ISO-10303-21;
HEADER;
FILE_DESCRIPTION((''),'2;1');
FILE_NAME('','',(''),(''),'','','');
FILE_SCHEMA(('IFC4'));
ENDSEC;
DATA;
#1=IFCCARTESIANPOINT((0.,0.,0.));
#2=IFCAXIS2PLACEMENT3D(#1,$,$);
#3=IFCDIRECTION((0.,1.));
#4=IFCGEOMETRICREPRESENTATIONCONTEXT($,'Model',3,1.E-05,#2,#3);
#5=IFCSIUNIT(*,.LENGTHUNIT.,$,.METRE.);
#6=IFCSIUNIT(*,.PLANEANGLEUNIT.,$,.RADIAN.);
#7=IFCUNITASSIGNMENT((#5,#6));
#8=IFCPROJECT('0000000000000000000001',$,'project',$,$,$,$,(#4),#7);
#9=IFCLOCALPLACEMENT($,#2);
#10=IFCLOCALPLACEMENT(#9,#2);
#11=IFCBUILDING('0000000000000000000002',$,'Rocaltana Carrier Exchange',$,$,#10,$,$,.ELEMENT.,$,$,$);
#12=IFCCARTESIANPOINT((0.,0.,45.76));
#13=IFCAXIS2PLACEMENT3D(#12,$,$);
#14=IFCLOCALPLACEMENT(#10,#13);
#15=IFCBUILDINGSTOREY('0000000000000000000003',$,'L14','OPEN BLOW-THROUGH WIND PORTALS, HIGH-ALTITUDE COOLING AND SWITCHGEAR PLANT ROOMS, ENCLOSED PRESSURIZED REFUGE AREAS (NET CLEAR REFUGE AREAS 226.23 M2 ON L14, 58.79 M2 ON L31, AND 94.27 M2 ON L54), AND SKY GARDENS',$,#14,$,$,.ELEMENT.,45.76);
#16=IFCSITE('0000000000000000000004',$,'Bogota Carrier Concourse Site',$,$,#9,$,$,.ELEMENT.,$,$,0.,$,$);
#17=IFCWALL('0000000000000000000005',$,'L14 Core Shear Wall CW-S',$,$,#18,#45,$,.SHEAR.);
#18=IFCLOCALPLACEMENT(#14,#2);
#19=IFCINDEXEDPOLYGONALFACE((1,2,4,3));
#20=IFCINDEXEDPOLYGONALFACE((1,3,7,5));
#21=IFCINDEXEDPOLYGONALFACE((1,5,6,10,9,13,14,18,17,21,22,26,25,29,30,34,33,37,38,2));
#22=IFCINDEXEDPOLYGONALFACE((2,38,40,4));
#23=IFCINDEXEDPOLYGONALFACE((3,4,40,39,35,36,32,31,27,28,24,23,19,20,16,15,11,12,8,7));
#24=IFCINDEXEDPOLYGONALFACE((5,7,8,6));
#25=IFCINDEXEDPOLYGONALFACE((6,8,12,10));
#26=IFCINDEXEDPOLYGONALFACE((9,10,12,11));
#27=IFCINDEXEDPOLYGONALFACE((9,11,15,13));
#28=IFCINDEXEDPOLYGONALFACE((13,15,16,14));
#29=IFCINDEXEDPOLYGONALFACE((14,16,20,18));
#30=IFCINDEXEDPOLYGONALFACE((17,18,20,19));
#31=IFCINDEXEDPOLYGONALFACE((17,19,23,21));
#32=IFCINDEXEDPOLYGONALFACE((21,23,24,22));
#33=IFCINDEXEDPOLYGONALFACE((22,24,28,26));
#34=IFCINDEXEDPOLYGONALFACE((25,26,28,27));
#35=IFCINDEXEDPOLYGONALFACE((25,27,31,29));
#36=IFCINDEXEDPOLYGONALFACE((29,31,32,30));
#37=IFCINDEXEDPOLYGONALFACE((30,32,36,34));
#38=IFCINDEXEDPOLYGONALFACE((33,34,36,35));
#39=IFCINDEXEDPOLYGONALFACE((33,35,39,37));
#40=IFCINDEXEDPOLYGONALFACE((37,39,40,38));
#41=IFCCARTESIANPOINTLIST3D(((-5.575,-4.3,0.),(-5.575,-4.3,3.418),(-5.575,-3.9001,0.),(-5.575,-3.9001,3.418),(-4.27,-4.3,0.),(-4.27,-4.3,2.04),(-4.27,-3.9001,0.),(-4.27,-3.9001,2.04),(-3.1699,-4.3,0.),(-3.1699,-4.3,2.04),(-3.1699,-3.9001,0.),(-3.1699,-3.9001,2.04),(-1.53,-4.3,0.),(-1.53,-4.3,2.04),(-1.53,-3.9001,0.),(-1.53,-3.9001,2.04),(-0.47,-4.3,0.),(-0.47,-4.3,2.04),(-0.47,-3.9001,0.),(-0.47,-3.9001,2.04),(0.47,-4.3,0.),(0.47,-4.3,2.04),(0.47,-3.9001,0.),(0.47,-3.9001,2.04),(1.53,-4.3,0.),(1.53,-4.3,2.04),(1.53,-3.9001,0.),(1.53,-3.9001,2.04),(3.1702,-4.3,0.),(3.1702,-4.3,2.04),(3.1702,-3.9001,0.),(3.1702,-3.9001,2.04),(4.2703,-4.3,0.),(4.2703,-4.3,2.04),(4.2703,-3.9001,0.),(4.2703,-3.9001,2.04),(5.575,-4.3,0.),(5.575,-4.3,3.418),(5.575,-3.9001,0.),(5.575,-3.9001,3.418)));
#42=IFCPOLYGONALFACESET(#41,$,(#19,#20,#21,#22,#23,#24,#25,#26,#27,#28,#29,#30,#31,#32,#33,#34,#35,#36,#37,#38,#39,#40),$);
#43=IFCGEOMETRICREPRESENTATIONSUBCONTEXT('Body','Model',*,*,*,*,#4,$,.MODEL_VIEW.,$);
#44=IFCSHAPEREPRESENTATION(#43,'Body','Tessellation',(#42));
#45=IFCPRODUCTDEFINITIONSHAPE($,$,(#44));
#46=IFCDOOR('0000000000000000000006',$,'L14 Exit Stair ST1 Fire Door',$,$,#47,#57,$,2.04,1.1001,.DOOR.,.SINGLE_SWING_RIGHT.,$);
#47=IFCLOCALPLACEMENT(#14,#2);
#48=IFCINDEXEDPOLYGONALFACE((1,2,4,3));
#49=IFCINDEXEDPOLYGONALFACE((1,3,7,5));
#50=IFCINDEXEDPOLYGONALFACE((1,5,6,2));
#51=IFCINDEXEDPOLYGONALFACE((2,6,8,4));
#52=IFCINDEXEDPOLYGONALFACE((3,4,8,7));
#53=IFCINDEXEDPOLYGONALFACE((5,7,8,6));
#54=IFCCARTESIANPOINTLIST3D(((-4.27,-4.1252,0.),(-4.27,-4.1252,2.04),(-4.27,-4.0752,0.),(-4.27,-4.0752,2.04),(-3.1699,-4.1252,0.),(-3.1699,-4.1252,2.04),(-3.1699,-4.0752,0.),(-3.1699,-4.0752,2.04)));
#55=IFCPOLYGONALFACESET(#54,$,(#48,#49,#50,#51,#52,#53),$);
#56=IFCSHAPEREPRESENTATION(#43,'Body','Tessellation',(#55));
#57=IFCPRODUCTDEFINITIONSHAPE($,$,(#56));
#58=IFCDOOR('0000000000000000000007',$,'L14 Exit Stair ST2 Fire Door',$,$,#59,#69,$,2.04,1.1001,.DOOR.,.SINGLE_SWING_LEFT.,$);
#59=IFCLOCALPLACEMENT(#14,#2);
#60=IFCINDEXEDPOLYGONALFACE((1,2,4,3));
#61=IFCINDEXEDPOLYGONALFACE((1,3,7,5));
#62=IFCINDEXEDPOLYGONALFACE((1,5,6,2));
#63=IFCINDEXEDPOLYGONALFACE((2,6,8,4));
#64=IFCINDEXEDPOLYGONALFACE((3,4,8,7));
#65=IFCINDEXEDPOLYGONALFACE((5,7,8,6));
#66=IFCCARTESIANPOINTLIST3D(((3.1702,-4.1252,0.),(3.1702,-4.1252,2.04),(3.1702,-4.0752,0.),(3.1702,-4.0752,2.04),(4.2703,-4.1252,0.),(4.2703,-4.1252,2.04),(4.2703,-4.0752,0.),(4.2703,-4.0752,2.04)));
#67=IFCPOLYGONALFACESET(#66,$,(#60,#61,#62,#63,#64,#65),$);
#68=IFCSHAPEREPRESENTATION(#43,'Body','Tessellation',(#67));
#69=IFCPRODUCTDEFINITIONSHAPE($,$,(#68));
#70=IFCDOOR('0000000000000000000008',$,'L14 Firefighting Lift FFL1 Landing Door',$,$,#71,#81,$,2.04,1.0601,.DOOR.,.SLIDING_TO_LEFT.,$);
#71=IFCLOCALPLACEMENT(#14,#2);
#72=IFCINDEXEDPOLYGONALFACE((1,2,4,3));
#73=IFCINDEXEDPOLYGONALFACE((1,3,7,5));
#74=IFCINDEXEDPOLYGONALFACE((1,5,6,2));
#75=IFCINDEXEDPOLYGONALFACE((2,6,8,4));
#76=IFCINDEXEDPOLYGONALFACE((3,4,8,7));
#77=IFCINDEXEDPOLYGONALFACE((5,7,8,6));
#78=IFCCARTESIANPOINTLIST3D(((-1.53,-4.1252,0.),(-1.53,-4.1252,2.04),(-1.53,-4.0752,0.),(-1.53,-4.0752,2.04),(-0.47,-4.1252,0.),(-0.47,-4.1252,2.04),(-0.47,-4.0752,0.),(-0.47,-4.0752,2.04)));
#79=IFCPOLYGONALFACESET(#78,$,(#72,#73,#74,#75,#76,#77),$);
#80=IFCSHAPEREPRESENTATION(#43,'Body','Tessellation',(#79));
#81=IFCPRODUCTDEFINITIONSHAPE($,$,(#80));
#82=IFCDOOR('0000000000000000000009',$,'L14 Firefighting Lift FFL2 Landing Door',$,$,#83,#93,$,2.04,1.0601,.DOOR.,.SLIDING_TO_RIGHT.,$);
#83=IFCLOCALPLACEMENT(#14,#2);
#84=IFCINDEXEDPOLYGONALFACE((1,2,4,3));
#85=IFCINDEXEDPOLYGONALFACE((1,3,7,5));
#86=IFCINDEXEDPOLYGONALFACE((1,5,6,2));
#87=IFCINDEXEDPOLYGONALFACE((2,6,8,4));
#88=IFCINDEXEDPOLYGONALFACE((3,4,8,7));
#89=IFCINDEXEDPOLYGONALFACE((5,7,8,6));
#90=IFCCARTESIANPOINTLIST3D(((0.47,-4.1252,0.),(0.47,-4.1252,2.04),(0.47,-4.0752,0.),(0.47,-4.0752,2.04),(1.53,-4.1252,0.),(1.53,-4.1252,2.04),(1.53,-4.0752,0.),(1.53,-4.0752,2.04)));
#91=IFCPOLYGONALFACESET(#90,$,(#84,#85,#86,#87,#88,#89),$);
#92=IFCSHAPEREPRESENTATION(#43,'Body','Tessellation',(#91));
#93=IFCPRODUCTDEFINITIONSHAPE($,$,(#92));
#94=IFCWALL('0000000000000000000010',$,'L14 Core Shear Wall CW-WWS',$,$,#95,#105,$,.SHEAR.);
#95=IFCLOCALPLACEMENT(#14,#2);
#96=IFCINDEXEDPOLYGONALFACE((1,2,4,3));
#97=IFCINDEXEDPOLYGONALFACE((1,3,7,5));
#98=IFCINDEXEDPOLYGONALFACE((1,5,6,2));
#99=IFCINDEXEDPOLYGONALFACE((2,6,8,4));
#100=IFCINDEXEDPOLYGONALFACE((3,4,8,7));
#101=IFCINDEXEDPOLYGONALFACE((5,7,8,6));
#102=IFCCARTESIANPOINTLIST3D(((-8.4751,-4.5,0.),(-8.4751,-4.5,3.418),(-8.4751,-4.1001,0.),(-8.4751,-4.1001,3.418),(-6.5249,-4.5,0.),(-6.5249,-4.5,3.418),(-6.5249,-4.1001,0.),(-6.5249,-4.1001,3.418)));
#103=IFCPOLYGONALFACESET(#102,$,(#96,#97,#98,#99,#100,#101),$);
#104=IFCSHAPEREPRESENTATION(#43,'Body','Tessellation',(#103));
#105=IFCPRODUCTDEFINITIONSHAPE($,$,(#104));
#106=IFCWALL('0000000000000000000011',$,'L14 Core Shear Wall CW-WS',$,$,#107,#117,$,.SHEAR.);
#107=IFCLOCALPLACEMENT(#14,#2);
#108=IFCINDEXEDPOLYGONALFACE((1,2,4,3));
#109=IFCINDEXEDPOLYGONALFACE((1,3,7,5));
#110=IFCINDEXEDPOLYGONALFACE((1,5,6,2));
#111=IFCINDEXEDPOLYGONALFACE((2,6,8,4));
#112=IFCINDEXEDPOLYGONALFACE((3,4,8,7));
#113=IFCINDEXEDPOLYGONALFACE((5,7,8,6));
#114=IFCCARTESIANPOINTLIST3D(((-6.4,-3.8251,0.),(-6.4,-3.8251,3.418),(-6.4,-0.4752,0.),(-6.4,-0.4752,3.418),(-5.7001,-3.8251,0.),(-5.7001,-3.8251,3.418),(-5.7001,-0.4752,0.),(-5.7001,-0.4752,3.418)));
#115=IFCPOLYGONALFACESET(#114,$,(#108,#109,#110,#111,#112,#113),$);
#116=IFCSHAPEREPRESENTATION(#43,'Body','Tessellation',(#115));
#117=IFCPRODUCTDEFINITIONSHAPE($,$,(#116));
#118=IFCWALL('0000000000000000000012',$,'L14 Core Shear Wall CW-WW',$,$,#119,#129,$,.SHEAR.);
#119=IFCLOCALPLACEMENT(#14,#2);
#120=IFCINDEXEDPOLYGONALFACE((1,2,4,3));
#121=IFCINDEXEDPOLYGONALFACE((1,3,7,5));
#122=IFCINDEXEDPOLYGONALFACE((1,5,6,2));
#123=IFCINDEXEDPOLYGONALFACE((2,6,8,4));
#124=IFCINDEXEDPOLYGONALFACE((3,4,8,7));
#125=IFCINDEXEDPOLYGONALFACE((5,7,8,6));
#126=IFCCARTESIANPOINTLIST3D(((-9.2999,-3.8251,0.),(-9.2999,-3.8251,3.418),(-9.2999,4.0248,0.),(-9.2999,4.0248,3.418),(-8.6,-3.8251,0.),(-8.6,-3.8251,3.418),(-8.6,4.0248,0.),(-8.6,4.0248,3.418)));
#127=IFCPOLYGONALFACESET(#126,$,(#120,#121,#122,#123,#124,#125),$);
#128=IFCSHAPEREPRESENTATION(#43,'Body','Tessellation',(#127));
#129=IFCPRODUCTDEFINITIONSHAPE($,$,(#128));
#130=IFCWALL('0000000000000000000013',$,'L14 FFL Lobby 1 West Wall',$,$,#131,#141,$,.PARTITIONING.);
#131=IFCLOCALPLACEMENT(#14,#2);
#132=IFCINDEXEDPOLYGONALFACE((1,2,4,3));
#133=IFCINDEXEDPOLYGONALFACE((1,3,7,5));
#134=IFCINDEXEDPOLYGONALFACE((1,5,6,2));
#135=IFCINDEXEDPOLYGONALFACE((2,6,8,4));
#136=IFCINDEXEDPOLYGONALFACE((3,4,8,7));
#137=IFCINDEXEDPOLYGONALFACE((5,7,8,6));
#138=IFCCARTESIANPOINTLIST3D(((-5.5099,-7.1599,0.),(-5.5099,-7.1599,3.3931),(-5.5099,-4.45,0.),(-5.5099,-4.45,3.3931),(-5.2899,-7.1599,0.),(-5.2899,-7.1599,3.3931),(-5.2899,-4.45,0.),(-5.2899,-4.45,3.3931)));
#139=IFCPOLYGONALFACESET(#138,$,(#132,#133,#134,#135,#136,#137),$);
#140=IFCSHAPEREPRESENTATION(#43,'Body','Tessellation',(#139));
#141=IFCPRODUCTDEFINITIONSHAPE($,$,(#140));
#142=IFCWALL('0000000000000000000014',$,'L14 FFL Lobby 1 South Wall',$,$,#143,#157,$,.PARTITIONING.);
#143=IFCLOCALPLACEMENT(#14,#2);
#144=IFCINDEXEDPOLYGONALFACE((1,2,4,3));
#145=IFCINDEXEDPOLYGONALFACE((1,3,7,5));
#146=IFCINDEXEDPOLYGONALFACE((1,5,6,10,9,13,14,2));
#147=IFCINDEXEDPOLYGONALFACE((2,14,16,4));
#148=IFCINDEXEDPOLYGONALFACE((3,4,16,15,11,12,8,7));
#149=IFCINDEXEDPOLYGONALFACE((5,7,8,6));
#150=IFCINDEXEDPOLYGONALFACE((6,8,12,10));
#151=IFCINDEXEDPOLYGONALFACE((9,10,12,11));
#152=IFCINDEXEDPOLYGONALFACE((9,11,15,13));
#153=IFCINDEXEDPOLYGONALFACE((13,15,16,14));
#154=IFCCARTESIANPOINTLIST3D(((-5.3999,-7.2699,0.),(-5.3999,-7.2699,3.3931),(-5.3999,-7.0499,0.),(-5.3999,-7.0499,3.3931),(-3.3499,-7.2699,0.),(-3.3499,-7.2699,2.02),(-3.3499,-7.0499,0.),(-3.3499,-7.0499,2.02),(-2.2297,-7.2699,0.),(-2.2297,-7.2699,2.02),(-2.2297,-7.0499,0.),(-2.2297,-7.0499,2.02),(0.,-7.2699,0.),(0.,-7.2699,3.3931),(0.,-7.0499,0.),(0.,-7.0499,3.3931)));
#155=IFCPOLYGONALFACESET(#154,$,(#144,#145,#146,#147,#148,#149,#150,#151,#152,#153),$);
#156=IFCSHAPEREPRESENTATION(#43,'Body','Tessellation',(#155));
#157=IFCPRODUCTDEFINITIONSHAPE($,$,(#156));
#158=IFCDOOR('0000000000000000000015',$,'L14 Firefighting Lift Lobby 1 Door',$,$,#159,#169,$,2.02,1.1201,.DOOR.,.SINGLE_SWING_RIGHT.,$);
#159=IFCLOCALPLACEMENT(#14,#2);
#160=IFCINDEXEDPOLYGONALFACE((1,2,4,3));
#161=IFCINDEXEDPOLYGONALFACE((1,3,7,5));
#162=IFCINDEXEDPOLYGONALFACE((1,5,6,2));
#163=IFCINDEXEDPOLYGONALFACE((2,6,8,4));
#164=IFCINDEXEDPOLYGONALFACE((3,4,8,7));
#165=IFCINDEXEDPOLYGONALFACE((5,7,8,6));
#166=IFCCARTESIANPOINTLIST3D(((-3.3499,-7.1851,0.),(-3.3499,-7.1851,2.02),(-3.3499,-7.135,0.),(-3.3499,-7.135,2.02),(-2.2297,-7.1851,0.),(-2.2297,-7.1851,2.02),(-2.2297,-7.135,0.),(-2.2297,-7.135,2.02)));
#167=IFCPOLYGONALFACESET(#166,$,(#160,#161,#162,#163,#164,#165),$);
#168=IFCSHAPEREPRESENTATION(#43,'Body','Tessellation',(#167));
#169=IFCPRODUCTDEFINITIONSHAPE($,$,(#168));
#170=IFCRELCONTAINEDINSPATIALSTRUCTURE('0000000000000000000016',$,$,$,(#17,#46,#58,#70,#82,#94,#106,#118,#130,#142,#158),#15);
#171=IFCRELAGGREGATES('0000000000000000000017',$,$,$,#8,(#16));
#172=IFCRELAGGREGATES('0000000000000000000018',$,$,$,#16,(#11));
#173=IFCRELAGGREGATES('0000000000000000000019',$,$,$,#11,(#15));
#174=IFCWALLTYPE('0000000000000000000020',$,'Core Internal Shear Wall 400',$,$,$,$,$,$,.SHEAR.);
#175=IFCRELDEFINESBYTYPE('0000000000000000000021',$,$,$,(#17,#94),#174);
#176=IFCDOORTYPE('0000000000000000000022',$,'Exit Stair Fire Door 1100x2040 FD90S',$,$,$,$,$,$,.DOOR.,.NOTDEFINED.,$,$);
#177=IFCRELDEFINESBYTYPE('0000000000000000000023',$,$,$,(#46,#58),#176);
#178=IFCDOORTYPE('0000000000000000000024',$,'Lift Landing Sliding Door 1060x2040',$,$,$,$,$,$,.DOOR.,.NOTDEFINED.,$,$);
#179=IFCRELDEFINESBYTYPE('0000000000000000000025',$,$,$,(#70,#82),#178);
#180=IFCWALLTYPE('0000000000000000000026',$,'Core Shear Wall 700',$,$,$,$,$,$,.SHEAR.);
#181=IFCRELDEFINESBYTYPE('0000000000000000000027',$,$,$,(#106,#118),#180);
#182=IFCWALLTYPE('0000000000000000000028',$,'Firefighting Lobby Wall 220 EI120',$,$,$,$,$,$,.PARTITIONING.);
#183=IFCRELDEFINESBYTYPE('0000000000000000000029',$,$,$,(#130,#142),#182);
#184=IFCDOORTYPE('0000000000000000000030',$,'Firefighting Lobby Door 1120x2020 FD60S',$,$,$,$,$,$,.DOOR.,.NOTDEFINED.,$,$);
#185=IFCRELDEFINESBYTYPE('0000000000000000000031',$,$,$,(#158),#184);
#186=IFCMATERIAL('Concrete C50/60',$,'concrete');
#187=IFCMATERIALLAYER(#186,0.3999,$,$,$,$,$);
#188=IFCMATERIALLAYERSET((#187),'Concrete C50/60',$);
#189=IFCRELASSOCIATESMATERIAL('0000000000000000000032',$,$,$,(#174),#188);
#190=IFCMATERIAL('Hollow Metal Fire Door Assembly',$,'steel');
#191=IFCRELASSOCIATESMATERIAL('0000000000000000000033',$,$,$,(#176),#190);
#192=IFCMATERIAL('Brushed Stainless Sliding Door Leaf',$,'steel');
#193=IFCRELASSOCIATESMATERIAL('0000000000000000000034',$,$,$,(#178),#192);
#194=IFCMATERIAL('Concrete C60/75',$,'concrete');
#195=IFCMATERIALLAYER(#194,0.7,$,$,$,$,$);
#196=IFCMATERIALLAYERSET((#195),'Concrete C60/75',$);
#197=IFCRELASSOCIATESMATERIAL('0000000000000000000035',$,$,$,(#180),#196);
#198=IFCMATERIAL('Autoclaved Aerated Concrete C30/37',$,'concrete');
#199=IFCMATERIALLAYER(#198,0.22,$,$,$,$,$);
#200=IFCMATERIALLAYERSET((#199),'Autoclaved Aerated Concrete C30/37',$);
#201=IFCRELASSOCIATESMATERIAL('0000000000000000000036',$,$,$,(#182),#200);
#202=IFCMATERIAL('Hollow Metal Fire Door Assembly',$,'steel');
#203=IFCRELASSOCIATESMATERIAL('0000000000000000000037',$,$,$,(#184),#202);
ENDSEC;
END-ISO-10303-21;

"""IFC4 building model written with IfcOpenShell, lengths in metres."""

from ifc_helpers import new_model, si_unit, direction, frame, frame_2d, origin, place, context, subcontext, project, spatial, rectangle, extrude, material, layer, layer_set, type_object, element, fill, save


model = new_model("IFC4")

# Units and contexts
model_context = context("Model", 3, precision=1e-05, world=origin(), true_north=direction((0.0, 1.0)))
body_context = subcontext(model_context, "Body", "Model", "MODEL_VIEW")
ifc_project = project(units=[si_unit("LENGTHUNIT", "METRE"), si_unit("PLANEANGLEUNIT", "RADIAN")], contexts=[model_context])

# Site, building, storey
site_placement = place(None, origin())
site = spatial("IfcSite", under=ifc_project, at=site_placement, Name="Bogota Carrier Concourse Site", CompositionType="ELEMENT", RefElevation=0.0)
building_placement = place(site_placement, origin())
building = spatial("IfcBuilding", under=site, at=building_placement, Name="Rocaltana Carrier Exchange", CompositionType="ELEMENT")
storey_placement = place(building_placement, frame((0.0, 0.0, 45.76)))
storey = spatial("IfcBuildingStorey", under=building, at=storey_placement, Name="L14", Description="OPEN BLOW-THROUGH WIND PORTALS, HIGH-ALTITUDE COOLING AND SWITCHGEAR PLANT ROOMS, ENCLOSED PRESSURIZED REFUGE AREAS (NET CLEAR REFUGE AREAS 226.23 M2 ON L14, 58.79 M2 ON L31, AND 94.27 M2 ON L54), AND SKY GARDENS", CompositionType="ELEMENT", Elevation=45.76)

# Wall, openings, doors
ifc_material_1 = material(Name="Concrete C50/60", Category="concrete")
ifc_layer_1 = layer(ifc_material_1, 0.3999)
ifc_layer_set_1 = layer_set([ifc_layer_1], Name="Concrete C50/60")
wall_type_1 = type_object("IfcWallType", Name="Core Internal Shear Wall 400", PredefinedType="SHEAR", material=ifc_layer_set_1)
wall_1_placement = place(storey_placement, frame((-5.575, -4.1001, 0.0), z_axis=(0.0, 0.0, 1.0), x_axis=(1.0, 0.0, 0.0)))
wall_1 = element("IfcWall", 1, at=wall_1_placement, inside=storey, type_object=wall_type_1, Name="L14 Core Shear Wall CW-S", PredefinedType="SHEAR", context=body_context, shape_type="SweptSolid", body=[
    extrude(rectangle(XDim=11.1499, YDim=0.3999, at=frame_2d((5.575, 0.0))), origin(), (0.0, 0.0, 1.0), 3.418),
])
opening_1_placement = place(wall_1_placement, frame((1.3049, 0.0, 0.0)))
opening_1 = element("IfcOpeningElement", 2, at=opening_1_placement, cuts=wall_1, PredefinedType="OPENING", context=body_context, shape_type="SweptSolid", body=[
    extrude(rectangle(XDim=1.1001, YDim=2.04, at=frame_2d((0.55, 1.02))), frame((0.0, 0.21, 0.0), z_axis=(0.0, -1.0, 0.0), x_axis=(1.0, 0.0, 0.0)), (0.0, 0.0, 1.0), 0.4199),
])
opening_2_placement = place(wall_1_placement, frame((8.7451, 0.0, 0.0)))
opening_2 = element("IfcOpeningElement", 3, at=opening_2_placement, cuts=wall_1, PredefinedType="OPENING", context=body_context, shape_type="SweptSolid", body=[
    extrude(rectangle(XDim=1.1001, YDim=2.04, at=frame_2d((0.55, 1.02))), frame((0.0, 0.21, 0.0), z_axis=(0.0, -1.0, 0.0), x_axis=(1.0, 0.0, 0.0)), (0.0, 0.0, 1.0), 0.4199),
])
opening_3_placement = place(wall_1_placement, frame((4.0449, 0.0, 0.0)))
opening_3 = element("IfcOpeningElement", 4, at=opening_3_placement, cuts=wall_1, PredefinedType="OPENING", context=body_context, shape_type="SweptSolid", body=[
    extrude(rectangle(XDim=1.0601, YDim=2.04, at=frame_2d((0.53, 1.02))), frame((0.0, 0.21, 0.0), z_axis=(0.0, -1.0, 0.0), x_axis=(1.0, 0.0, 0.0)), (0.0, 0.0, 1.0), 0.4199),
])
opening_4_placement = place(wall_1_placement, frame((6.0449, 0.0, 0.0)))
opening_4 = element("IfcOpeningElement", 5, at=opening_4_placement, cuts=wall_1, PredefinedType="OPENING", context=body_context, shape_type="SweptSolid", body=[
    extrude(rectangle(XDim=1.0601, YDim=2.04, at=frame_2d((0.53, 1.02))), frame((0.0, 0.21, 0.0), z_axis=(0.0, -1.0, 0.0), x_axis=(1.0, 0.0, 0.0)), (0.0, 0.0, 1.0), 0.4199),
])
ifc_material_2 = material(Name="Hollow Metal Fire Door Assembly", Category="steel")
door_type_1 = type_object("IfcDoorType", Name="Exit Stair Fire Door 1100x2040 FD90S", OperationType="NOTDEFINED", PredefinedType="DOOR", material=ifc_material_2)
door_1_placement = place(opening_1_placement, origin())
door_1 = element("IfcDoor", 6, at=door_1_placement, inside=storey, type_object=door_type_1, Name="L14 Exit Stair ST1 Fire Door", OperationType="SINGLE_SWING_RIGHT", OverallHeight=2.04, OverallWidth=1.1001, PredefinedType="DOOR", context=body_context, shape_type="SweptSolid", body=[
    extrude(rectangle(XDim=1.1001, YDim=2.04, at=frame_2d((0.55, 1.02))), frame((0.0, 0.0249, 0.0), z_axis=(0.0, -1.0, 0.0), x_axis=(1.0, 0.0, 0.0)), (0.0, 0.0, 1.0), 0.05),
])
fill(opening_1, door_1)
door_2_placement = place(opening_2_placement, origin())
door_2 = element("IfcDoor", 7, at=door_2_placement, inside=storey, type_object=door_type_1, Name="L14 Exit Stair ST2 Fire Door", OperationType="SINGLE_SWING_LEFT", OverallHeight=2.04, OverallWidth=1.1001, PredefinedType="DOOR", context=body_context, shape_type="SweptSolid", body=[
    extrude(rectangle(XDim=1.1001, YDim=2.04, at=frame_2d((0.55, 1.02))), frame((0.0, 0.0249, 0.0), z_axis=(0.0, -1.0, 0.0), x_axis=(1.0, 0.0, 0.0)), (0.0, 0.0, 1.0), 0.05),
])
fill(opening_2, door_2)
ifc_material_3 = material(Name="Brushed Stainless Sliding Door Leaf", Category="steel")
door_type_2 = type_object("IfcDoorType", Name="Lift Landing Sliding Door 1060x2040", OperationType="NOTDEFINED", PredefinedType="DOOR", material=ifc_material_3)
door_3_placement = place(opening_3_placement, origin())
door_3 = element("IfcDoor", 8, at=door_3_placement, inside=storey, type_object=door_type_2, Name="L14 Firefighting Lift FFL1 Landing Door", OperationType="SLIDING_TO_LEFT", OverallHeight=2.04, OverallWidth=1.0601, PredefinedType="DOOR", context=body_context, shape_type="SweptSolid", body=[
    extrude(rectangle(XDim=1.0601, YDim=2.04, at=frame_2d((0.53, 1.02))), frame((0.0, 0.0249, 0.0), z_axis=(0.0, -1.0, 0.0), x_axis=(1.0, 0.0, 0.0)), (0.0, 0.0, 1.0), 0.05),
])
fill(opening_3, door_3)
door_4_placement = place(opening_4_placement, origin())
door_4 = element("IfcDoor", 9, at=door_4_placement, inside=storey, type_object=door_type_2, Name="L14 Firefighting Lift FFL2 Landing Door", OperationType="SLIDING_TO_RIGHT", OverallHeight=2.04, OverallWidth=1.0601, PredefinedType="DOOR", context=body_context, shape_type="SweptSolid", body=[
    extrude(rectangle(XDim=1.0601, YDim=2.04, at=frame_2d((0.53, 1.02))), frame((0.0, 0.0249, 0.0), z_axis=(0.0, -1.0, 0.0), x_axis=(1.0, 0.0, 0.0)), (0.0, 0.0, 1.0), 0.05),
])
fill(opening_4, door_4)

# Walls
wall_2_placement = place(storey_placement, frame((-8.4751, -4.3, 0.0), z_axis=(0.0, 0.0, 1.0), x_axis=(1.0, 0.0, 0.0)))
element("IfcWall", 10, at=wall_2_placement, inside=storey, type_object=wall_type_1, Name="L14 Core Shear Wall CW-WWS", PredefinedType="SHEAR", context=body_context, shape_type="SweptSolid", body=[
    extrude(rectangle(XDim=1.9502, YDim=0.3999, at=frame_2d((0.9751, 0.0))), origin(), (0.0, 0.0, 1.0), 3.418),
])
ifc_material_4 = material(Name="Concrete C60/75", Category="concrete")
ifc_layer_2 = layer(ifc_material_4, 0.7)
ifc_layer_set_2 = layer_set([ifc_layer_2], Name="Concrete C60/75")
wall_type_2 = type_object("IfcWallType", Name="Core Shear Wall 700", PredefinedType="SHEAR", material=ifc_layer_set_2)
wall_3_placement = place(storey_placement, frame((-6.05, -3.825, 0.0), z_axis=(0.0, 0.0, 1.0), x_axis=(0.0, 1.0, 0.0)))
element("IfcWall", 11, at=wall_3_placement, inside=storey, type_object=wall_type_2, Name="L14 Core Shear Wall CW-WS", PredefinedType="SHEAR", context=body_context, shape_type="SweptSolid", body=[
    extrude(rectangle(XDim=3.3499, YDim=0.7, at=frame_2d((1.6748, 0.0))), origin(), (0.0, 0.0, 1.0), 3.418),
])
wall_4_placement = place(storey_placement, frame((-8.95, -3.825, 0.0), z_axis=(0.0, 0.0, 1.0), x_axis=(0.0, 1.0, 0.0)))
element("IfcWall", 12, at=wall_4_placement, inside=storey, type_object=wall_type_2, Name="L14 Core Shear Wall CW-WW", PredefinedType="SHEAR", context=body_context, shape_type="SweptSolid", body=[
    extrude(rectangle(XDim=7.8499, YDim=0.7, at=frame_2d((3.9248, 0.0))), origin(), (0.0, 0.0, 1.0), 3.418),
])
ifc_material_5 = material(Name="Autoclaved Aerated Concrete C30/37", Category="concrete")
ifc_layer_3 = layer(ifc_material_5, 0.22)
ifc_layer_set_3 = layer_set([ifc_layer_3], Name="Autoclaved Aerated Concrete C30/37")
wall_type_3 = type_object("IfcWallType", Name="Firefighting Lobby Wall 220 EI120", PredefinedType="PARTITIONING", material=ifc_layer_set_3)
wall_5_placement = place(storey_placement, frame((-5.3999, -7.1599, 0.0), z_axis=(0.0, 0.0, 1.0), x_axis=(0.0, 1.0, 0.0)))
element("IfcWall", 13, at=wall_5_placement, inside=storey, type_object=wall_type_3, Name="L14 FFL Lobby 1 West Wall", PredefinedType="PARTITIONING", context=body_context, shape_type="SweptSolid", body=[
    extrude(rectangle(XDim=2.71, YDim=0.22, at=frame_2d((1.355, 0.0))), origin(), (0.0, 0.0, 1.0), 3.3931),
])

# Wall, opening, door
wall_6_placement = place(storey_placement, frame((-5.3999, -7.1599, 0.0), z_axis=(0.0, 0.0, 1.0), x_axis=(1.0, 0.0, 0.0)))
wall_6 = element("IfcWall", 14, at=wall_6_placement, inside=storey, type_object=wall_type_3, Name="L14 FFL Lobby 1 South Wall", PredefinedType="PARTITIONING", context=body_context, shape_type="SweptSolid", body=[
    extrude(rectangle(XDim=5.3999, YDim=0.22, at=frame_2d((2.7, 0.0))), origin(), (0.0, 0.0, 1.0), 3.3931),
])
opening_5_placement = place(wall_6_placement, frame((2.05, 0.0, 0.0)))
opening_5 = element("IfcOpeningElement", 15, at=opening_5_placement, cuts=wall_6, PredefinedType="OPENING", context=body_context, shape_type="SweptSolid", body=[
    extrude(rectangle(XDim=1.1201, YDim=2.02, at=frame_2d((0.5601, 1.01))), frame((0.0, 0.1199, 0.0), z_axis=(0.0, -1.0, 0.0), x_axis=(1.0, 0.0, 0.0)), (0.0, 0.0, 1.0), 0.24),
])
ifc_material_6 = material(Name="Hollow Metal Fire Door Assembly", Category="steel")
door_type_3 = type_object("IfcDoorType", Name="Firefighting Lobby Door 1120x2020 FD60S", OperationType="NOTDEFINED", PredefinedType="DOOR", material=ifc_material_6)
door_5_placement = place(opening_5_placement, origin())
door_5 = element("IfcDoor", 16, at=door_5_placement, inside=storey, type_object=door_type_3, Name="L14 Firefighting Lift Lobby 1 Door", OperationType="SINGLE_SWING_RIGHT", OverallHeight=2.02, OverallWidth=1.1201, PredefinedType="DOOR", context=body_context, shape_type="SweptSolid", body=[
    extrude(rectangle(XDim=1.1201, YDim=2.02, at=frame_2d((0.5601, 1.01))), frame((0.0, 0.0249, 0.0), z_axis=(0.0, -1.0, 0.0), x_axis=(1.0, 0.0, 0.0)), (0.0, 0.0, 1.0), 0.05),
])
fill(opening_5, door_5)

save(model, "model.ifc")
